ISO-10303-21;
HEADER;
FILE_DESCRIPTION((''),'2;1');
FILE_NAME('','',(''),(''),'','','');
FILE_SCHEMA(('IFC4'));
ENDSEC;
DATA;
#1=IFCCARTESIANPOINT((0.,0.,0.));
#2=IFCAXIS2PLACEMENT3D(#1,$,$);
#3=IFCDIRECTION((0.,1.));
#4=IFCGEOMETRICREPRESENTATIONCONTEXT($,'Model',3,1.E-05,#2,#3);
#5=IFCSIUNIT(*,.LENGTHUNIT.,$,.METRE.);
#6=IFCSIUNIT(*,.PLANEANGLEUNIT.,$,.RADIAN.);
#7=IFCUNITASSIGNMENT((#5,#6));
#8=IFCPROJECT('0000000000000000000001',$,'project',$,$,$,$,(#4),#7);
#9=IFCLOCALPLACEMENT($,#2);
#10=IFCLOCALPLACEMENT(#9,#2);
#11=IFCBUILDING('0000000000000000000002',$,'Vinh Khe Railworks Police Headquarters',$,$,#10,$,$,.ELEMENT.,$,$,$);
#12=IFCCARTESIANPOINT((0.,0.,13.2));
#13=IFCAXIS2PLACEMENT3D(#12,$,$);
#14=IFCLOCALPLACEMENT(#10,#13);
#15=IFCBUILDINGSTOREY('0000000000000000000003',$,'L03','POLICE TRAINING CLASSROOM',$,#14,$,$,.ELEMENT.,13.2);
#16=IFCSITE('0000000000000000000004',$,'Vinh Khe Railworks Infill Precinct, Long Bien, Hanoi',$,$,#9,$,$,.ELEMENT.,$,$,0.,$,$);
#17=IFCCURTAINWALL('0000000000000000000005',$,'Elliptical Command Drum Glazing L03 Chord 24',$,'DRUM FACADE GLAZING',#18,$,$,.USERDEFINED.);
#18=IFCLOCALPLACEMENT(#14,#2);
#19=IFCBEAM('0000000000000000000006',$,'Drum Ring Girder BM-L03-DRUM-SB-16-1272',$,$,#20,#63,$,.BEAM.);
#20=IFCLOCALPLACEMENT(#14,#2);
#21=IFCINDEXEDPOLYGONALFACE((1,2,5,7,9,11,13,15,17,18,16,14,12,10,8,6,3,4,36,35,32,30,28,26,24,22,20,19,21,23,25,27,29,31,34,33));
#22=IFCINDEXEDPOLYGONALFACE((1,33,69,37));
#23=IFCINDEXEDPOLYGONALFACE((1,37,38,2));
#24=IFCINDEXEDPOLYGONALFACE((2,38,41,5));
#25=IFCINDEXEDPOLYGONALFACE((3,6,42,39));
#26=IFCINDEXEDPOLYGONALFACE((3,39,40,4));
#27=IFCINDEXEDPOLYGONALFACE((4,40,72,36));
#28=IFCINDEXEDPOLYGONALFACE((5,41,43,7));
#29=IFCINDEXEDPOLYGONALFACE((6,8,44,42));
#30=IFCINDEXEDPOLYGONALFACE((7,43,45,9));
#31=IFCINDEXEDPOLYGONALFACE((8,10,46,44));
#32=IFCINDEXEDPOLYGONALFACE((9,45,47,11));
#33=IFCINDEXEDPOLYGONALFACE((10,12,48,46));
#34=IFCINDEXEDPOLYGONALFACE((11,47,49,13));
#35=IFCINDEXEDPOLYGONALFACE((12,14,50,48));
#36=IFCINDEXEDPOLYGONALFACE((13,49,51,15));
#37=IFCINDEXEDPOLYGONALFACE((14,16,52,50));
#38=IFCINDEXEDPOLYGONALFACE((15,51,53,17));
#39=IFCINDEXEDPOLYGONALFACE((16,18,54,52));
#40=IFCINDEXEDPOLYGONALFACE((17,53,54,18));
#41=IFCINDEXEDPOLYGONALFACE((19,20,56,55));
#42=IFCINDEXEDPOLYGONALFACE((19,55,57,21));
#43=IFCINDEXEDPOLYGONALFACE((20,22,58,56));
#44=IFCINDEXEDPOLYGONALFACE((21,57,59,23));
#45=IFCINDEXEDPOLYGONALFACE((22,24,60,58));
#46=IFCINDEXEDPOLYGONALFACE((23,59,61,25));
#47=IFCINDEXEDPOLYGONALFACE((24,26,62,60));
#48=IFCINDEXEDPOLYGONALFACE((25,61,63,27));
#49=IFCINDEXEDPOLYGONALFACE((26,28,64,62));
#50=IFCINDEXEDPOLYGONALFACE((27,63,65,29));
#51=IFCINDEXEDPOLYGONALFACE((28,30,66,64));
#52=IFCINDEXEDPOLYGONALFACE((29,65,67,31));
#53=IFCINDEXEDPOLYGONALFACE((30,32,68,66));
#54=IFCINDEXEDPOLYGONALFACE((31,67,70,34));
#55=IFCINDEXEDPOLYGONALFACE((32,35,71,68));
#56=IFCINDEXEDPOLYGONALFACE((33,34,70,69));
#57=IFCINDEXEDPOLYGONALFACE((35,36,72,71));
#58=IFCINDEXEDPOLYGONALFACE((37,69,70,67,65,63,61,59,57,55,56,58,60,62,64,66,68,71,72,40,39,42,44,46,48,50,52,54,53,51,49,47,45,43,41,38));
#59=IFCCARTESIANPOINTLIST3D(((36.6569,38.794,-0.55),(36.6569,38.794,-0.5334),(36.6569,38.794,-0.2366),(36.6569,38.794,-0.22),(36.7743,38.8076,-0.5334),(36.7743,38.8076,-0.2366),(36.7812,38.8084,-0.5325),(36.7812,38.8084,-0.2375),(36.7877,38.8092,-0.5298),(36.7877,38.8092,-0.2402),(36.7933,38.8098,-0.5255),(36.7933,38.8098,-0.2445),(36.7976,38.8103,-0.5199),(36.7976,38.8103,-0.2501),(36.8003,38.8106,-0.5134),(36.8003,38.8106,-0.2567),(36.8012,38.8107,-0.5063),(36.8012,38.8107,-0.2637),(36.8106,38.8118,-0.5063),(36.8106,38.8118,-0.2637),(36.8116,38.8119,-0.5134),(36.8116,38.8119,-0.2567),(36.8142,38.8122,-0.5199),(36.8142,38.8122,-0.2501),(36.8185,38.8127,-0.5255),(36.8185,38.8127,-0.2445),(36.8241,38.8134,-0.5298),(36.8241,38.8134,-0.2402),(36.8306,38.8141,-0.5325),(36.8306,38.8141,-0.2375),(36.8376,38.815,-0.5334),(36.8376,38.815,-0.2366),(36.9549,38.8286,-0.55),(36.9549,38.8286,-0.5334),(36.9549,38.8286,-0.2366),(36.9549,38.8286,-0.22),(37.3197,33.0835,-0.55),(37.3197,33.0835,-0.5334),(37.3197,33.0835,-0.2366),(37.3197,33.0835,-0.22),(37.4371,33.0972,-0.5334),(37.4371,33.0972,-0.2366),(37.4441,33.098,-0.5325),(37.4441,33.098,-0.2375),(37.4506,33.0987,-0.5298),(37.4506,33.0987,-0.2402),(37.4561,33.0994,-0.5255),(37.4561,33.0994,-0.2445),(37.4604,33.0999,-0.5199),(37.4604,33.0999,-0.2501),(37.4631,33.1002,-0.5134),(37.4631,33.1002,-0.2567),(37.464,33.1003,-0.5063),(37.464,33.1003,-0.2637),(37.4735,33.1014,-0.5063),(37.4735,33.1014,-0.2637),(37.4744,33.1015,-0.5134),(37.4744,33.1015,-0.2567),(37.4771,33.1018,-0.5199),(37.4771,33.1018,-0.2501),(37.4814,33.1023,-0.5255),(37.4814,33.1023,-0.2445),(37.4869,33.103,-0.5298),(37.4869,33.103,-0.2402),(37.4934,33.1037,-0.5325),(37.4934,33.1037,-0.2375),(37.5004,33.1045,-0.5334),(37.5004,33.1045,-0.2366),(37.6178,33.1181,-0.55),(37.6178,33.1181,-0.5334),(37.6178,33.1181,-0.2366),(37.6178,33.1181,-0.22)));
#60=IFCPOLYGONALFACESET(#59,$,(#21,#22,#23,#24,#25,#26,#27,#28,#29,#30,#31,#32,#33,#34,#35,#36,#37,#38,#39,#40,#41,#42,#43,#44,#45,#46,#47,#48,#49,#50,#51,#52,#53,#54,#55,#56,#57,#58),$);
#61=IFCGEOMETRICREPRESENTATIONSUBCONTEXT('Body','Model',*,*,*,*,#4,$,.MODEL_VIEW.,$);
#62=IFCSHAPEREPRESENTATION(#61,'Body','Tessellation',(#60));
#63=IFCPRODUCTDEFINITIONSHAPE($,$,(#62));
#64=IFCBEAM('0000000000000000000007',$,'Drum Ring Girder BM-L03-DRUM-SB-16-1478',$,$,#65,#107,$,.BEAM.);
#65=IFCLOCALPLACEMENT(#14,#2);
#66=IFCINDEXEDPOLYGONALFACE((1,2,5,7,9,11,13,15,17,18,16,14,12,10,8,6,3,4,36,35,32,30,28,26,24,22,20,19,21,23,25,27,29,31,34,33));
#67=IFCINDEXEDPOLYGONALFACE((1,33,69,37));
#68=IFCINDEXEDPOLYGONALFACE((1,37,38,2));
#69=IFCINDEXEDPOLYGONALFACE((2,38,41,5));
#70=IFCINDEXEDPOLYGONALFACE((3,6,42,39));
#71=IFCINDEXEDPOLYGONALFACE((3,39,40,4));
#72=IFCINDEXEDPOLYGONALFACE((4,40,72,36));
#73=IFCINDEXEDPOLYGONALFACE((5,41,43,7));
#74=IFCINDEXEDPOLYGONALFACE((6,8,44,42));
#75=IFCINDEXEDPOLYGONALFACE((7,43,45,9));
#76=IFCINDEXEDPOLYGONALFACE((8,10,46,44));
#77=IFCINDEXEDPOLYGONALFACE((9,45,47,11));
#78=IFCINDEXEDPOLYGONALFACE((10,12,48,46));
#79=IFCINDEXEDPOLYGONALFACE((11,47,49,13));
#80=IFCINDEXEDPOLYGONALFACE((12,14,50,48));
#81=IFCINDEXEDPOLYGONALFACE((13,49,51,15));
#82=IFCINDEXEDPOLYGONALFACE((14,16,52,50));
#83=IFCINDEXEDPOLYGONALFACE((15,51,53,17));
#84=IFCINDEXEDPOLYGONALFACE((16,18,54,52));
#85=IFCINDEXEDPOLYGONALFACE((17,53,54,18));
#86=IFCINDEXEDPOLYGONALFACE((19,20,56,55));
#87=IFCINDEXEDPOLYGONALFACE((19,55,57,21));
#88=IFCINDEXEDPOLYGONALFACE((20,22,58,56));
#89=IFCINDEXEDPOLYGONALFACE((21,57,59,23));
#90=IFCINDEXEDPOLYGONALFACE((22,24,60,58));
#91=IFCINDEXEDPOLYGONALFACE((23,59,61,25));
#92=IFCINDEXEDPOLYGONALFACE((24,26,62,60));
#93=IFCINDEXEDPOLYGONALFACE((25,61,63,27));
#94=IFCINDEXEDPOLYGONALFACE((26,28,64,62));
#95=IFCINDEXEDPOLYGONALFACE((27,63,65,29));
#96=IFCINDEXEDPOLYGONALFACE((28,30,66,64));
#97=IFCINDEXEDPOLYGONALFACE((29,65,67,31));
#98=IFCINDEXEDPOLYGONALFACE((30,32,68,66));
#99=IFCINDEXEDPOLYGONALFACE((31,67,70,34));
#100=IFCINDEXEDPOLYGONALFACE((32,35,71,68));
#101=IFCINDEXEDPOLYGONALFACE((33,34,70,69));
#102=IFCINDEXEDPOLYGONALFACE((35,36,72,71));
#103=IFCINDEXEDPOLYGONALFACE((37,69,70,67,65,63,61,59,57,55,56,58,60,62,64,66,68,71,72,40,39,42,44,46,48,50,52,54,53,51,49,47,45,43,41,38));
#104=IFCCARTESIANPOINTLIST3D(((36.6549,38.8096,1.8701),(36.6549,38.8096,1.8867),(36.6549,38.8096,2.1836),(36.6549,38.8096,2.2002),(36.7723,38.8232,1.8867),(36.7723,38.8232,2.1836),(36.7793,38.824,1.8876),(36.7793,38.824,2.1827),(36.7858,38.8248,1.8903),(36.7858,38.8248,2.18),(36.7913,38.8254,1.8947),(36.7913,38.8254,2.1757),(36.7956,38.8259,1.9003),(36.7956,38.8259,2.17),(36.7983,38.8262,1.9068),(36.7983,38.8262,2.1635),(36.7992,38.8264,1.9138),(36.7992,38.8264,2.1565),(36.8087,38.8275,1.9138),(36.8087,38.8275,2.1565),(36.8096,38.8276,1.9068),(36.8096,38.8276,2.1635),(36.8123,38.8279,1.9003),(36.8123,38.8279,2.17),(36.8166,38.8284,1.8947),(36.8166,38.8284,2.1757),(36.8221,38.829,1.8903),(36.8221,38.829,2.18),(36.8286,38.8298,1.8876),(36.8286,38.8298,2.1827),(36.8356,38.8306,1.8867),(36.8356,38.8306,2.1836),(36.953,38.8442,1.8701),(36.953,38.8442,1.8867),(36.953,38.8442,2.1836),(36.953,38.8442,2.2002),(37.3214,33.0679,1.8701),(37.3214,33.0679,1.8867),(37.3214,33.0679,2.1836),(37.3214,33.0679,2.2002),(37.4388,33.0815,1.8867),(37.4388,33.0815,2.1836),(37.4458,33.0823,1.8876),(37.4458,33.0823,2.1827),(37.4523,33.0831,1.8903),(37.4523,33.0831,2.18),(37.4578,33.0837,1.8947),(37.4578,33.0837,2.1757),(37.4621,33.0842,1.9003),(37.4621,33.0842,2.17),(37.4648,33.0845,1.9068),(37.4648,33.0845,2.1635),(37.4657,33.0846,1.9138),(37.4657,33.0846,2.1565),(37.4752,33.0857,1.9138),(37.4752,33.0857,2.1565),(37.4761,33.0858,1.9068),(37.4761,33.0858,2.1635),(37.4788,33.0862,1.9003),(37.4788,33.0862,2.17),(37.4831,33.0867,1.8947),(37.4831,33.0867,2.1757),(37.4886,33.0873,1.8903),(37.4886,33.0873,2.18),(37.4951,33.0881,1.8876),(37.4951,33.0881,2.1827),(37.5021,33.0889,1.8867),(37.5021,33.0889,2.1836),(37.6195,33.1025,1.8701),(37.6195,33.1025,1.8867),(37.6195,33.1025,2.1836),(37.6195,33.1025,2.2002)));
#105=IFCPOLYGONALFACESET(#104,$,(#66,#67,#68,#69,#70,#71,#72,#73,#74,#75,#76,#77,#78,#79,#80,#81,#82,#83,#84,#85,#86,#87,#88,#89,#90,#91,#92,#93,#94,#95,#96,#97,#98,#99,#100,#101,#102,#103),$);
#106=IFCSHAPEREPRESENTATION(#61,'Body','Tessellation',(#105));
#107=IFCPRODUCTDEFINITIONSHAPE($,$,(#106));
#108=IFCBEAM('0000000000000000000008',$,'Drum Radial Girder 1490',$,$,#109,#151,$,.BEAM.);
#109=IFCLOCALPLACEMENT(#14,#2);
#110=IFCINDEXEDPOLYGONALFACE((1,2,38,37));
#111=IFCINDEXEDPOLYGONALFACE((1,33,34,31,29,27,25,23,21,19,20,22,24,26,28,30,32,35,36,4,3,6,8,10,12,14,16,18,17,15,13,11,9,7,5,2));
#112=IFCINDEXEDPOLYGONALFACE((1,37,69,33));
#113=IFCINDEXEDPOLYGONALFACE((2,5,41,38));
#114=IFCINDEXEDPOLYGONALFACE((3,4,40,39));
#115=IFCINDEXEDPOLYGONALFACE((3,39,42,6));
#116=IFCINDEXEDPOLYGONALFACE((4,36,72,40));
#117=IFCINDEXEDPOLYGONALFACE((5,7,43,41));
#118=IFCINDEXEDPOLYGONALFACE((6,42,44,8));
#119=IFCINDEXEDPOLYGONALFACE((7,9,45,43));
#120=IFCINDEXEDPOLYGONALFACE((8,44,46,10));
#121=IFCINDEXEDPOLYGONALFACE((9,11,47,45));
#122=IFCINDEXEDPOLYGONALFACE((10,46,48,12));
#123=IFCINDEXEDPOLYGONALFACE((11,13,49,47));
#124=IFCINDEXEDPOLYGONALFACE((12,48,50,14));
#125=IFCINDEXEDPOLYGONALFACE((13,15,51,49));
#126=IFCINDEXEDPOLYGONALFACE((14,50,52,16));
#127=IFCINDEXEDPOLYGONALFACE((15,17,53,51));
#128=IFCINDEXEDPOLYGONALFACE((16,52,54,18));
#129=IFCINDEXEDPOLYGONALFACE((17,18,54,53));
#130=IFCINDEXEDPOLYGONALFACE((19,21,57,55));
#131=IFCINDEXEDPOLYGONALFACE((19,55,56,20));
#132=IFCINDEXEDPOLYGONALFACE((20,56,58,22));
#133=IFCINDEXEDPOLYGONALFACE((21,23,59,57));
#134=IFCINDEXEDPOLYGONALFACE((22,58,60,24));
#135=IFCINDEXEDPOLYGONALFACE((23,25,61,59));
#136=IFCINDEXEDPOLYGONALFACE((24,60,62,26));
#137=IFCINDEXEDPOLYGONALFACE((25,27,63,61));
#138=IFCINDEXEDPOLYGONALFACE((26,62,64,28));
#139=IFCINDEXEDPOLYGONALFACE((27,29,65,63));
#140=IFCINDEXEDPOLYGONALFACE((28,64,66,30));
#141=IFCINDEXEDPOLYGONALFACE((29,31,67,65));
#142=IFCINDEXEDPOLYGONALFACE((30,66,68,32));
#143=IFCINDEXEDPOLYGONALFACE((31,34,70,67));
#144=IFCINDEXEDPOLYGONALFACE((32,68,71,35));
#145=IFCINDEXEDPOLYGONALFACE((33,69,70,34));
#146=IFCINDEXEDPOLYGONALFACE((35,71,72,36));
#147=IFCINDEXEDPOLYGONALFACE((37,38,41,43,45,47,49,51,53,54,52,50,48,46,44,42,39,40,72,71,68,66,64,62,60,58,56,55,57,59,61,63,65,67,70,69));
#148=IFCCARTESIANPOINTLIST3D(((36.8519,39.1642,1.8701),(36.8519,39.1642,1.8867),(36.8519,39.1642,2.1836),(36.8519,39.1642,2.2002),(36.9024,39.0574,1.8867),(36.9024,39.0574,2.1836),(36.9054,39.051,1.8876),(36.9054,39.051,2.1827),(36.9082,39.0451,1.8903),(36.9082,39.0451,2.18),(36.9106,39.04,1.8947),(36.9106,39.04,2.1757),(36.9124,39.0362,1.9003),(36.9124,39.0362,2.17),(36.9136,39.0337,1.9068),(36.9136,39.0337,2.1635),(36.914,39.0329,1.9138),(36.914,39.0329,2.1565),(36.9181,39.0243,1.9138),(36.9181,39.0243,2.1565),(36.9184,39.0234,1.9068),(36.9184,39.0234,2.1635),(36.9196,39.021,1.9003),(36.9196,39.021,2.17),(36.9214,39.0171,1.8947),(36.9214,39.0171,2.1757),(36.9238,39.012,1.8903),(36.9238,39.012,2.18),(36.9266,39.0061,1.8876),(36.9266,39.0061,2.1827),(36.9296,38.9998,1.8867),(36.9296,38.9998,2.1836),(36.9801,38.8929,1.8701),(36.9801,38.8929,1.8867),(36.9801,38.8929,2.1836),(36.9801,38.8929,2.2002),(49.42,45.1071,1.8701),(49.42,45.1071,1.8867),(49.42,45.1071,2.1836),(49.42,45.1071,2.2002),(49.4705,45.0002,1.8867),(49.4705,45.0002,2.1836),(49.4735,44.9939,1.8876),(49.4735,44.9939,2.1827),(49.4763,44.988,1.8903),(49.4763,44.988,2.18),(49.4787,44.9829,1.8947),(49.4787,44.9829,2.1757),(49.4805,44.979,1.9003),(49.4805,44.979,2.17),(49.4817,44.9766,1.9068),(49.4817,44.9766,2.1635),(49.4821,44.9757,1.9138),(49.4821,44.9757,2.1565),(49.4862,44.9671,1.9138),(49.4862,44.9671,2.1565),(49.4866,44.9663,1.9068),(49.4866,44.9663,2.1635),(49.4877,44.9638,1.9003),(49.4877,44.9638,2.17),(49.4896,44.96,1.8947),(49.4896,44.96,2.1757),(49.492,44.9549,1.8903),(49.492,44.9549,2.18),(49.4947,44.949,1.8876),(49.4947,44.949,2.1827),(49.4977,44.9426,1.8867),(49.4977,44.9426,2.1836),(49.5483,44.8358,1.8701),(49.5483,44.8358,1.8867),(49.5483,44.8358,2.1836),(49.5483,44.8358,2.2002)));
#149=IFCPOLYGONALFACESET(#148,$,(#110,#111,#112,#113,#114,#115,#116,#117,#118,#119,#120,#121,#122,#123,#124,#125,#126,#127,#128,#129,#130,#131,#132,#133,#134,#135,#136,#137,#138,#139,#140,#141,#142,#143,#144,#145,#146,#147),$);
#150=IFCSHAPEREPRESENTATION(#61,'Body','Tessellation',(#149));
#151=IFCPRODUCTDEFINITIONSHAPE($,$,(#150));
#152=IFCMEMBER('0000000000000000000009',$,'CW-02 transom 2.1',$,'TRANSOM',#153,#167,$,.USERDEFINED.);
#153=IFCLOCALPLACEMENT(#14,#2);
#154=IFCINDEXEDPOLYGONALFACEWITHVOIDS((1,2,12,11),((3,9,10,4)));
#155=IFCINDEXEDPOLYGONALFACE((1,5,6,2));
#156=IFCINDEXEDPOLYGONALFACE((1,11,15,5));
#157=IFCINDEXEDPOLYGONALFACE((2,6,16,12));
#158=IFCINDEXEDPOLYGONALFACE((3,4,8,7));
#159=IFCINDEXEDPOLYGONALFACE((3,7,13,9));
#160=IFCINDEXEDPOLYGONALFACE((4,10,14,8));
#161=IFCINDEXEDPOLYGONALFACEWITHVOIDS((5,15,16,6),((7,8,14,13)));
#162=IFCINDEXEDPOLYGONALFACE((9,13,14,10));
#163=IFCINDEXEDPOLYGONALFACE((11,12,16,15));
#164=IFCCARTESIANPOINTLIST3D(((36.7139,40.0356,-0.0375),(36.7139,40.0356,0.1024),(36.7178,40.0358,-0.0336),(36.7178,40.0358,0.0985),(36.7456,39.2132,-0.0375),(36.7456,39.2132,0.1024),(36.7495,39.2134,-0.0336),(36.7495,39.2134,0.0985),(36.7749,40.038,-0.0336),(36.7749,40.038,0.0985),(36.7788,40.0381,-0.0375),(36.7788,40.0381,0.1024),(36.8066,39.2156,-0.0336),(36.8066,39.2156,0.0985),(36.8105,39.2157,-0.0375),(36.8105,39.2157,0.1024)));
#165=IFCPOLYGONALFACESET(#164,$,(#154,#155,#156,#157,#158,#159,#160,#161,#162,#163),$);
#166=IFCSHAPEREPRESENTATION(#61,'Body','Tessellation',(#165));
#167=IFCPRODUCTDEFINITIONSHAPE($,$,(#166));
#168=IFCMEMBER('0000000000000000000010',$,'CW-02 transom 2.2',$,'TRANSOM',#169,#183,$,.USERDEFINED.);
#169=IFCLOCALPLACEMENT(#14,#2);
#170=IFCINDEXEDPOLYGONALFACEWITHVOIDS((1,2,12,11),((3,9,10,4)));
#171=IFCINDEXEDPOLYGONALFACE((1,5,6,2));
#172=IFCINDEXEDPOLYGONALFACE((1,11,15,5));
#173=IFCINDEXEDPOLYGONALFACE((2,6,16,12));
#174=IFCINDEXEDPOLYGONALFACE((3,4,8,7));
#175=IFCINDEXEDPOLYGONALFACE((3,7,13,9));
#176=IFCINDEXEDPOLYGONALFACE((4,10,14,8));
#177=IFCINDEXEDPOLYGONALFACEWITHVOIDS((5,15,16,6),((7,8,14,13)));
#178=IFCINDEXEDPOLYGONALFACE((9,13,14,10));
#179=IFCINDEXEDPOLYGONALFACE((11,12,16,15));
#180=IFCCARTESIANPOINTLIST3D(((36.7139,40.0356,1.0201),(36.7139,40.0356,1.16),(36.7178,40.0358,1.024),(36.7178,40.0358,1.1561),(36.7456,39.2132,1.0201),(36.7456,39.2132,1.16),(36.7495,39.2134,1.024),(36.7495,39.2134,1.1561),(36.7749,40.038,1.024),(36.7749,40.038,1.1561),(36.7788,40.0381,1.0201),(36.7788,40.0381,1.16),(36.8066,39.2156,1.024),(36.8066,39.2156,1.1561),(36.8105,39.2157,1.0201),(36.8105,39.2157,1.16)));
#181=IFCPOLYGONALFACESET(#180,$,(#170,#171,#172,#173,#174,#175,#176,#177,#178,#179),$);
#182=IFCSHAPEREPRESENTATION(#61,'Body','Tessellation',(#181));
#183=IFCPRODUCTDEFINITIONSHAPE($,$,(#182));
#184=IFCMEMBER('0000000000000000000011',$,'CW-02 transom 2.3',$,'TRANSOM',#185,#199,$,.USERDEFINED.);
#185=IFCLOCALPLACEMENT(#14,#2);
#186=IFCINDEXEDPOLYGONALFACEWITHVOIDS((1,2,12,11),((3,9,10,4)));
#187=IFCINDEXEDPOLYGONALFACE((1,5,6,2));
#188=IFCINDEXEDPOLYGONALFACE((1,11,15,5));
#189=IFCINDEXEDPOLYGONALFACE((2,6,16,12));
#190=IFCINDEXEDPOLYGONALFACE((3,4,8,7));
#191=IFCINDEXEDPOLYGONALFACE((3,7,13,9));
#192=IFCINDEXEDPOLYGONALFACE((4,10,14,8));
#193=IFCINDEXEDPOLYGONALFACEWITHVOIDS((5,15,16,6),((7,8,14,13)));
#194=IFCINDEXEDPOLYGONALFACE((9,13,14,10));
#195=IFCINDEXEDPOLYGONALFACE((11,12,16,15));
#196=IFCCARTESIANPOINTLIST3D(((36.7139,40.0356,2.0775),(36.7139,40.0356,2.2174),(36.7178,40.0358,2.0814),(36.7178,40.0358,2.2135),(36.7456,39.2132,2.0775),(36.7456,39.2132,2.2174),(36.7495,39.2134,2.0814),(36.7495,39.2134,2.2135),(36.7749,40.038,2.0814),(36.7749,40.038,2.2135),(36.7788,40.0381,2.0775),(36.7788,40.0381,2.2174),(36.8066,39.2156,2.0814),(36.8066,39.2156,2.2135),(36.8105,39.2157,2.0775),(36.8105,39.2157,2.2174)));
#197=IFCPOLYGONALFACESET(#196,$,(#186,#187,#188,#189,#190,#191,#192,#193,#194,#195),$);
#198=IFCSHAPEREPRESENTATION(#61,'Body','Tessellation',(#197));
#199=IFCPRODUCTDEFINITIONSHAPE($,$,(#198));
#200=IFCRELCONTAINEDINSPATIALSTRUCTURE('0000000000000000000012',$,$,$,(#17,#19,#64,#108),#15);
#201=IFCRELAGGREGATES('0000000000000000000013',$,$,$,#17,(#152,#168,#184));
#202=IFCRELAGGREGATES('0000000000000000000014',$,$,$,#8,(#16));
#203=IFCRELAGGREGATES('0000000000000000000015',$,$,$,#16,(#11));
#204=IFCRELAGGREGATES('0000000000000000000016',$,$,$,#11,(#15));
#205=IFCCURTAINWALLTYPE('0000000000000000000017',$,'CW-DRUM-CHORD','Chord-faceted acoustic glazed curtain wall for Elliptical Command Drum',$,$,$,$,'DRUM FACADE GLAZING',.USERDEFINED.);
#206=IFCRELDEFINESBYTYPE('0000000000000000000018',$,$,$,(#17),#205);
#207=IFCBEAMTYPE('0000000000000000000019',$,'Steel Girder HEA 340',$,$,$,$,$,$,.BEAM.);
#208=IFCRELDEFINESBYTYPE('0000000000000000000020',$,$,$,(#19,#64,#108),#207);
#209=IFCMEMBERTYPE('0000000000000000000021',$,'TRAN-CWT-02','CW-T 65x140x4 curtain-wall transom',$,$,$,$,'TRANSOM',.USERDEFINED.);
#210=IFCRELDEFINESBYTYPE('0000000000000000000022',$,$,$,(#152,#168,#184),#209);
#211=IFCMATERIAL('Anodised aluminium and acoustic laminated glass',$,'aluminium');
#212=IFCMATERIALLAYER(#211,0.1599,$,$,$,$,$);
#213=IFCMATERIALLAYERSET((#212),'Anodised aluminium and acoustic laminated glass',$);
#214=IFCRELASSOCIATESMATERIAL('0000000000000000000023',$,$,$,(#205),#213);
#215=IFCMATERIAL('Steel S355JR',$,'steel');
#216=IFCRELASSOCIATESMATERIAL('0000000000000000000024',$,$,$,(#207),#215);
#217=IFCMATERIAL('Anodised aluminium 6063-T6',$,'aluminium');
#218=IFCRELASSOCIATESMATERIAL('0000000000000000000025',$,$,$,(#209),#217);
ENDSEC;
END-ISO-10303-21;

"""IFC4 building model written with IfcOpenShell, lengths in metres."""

from ifc_helpers import new_model, si_unit, direction, frame, origin, origin_2d, place, context, subcontext, project, spatial, hollow_rectangle, i_section, extrude, material, layer, layer_set, material_profile, profile_set, type_object, element, aggregate, save


model = new_model("IFC4")

# Units and contexts
model_context = context("Model", 3, precision=1e-05, world=origin(), true_north=direction((0.0, 1.0)))
body_context = subcontext(model_context, "Body", "Model", "MODEL_VIEW")
ifc_project = project(units=[si_unit("LENGTHUNIT", "METRE"), si_unit("PLANEANGLEUNIT", "RADIAN")], contexts=[model_context])

# Site, building, storey
site_placement = place(None, origin())
site = spatial("IfcSite", under=ifc_project, at=site_placement, Name="Vinh Khe Railworks Infill Precinct, Long Bien, Hanoi", CompositionType="ELEMENT", RefElevation=0.0)
building_placement = place(site_placement, origin())
building = spatial("IfcBuilding", under=site, at=building_placement, Name="Vinh Khe Railworks Police Headquarters", CompositionType="ELEMENT")
storey_placement = place(building_placement, frame((0.0, 0.0, 13.2)))
storey = spatial("IfcBuildingStorey", under=building, at=storey_placement, Name="L03", Description="POLICE TRAINING CLASSROOM", CompositionType="ELEMENT", Elevation=13.2)

# Shared definitions
ifc_material_1 = material(Name="Steel S355JR", Category="steel")

# Curtain wall
ifc_material_2 = material(Name="Anodised aluminium and acoustic laminated glass", Category="aluminium")
ifc_layer_1 = layer(ifc_material_2, 0.1599)
ifc_layer_set_1 = layer_set([ifc_layer_1], Name="Anodised aluminium and acoustic laminated glass")
curtain_wall_type = type_object("IfcCurtainWallType", Name="CW-DRUM-CHORD", Description="Chord-faceted acoustic glazed curtain wall for Elliptical Command Drum", ElementType="DRUM FACADE GLAZING", PredefinedType="USERDEFINED", material=ifc_layer_set_1)
curtain_wall_1_placement = place(storey_placement, origin())
curtain_wall_1 = element("IfcCurtainWall", 1, at=curtain_wall_1_placement, inside=storey, type_object=curtain_wall_type, Name="Elliptical Command Drum Glazing L03 Chord 24", ObjectType="DRUM FACADE GLAZING", PredefinedType="USERDEFINED")
ifc_material_3 = material(Name="Anodised aluminium 6063-T6", Category="aluminium")

# Beams
ifc_material_profile_1 = material_profile(ifc_material_1, i_section(OverallWidth=0.3, OverallDepth=0.3301, WebThickness=0.0095, FlangeThickness=0.0166, FilletRadius=0.0271, at=origin_2d()), Name="HEA 340")
ifc_profile_set_1 = profile_set([ifc_material_profile_1], Name="Steel S355JR")
beam_type = type_object("IfcBeamType", Name="Steel Girder HEA 340", PredefinedType="BEAM", material=ifc_profile_set_1)
beam_1_placement = place(storey_placement, frame((36.8059, 38.8113, -0.385), z_axis=(0.115301, -0.993331, 0.0), x_axis=(0.993331, 0.115301, 0.0)))
element("IfcBeam", 2, at=beam_1_placement, inside=storey, type_object=beam_type, Name="Drum Ring Girder BM-L03-DRUM-SB-16-1272", PredefinedType="BEAM", context=body_context, shape_type="SweptSolid", body=[
    extrude(i_section(OverallWidth=0.3, OverallDepth=0.3301, WebThickness=0.0095, FlangeThickness=0.0166, FilletRadius=0.0271, at=origin_2d()), origin(), (0.0, 0.0, 1.0), 5.7488),
])
beam_2_placement = place(storey_placement, frame((36.804, 38.8269, 2.0352), z_axis=(0.115307, -0.99333, 0.0), x_axis=(0.99333, 0.115307, 0.0)))
element("IfcBeam", 3, at=beam_2_placement, inside=storey, type_object=beam_type, Name="Drum Ring Girder BM-L03-DRUM-SB-16-1478", PredefinedType="BEAM", context=body_context, shape_type="SweptSolid", body=[
    extrude(i_section(OverallWidth=0.3, OverallDepth=0.3301, WebThickness=0.0095, FlangeThickness=0.0166, FilletRadius=0.0271, at=origin_2d()), origin(), (0.0, 0.0, 1.0), 5.7803),
])
beam_3_placement = place(storey_placement, frame((36.916, 39.0286, 2.0352), z_axis=(0.904028, 0.427473, 0.0), x_axis=(-0.427473, 0.904028, 0.0)))
element("IfcBeam", 4, at=beam_3_placement, inside=storey, type_object=beam_type, Name="Drum Radial Girder 1490", PredefinedType="BEAM", context=body_context, shape_type="SweptSolid", body=[
    extrude(i_section(OverallWidth=0.3, OverallDepth=0.3301, WebThickness=0.0095, FlangeThickness=0.0166, FilletRadius=0.0271, at=origin_2d()), origin(), (0.0, 0.0, 1.0), 13.9023),
])

# Members
ifc_material_profile_2 = material_profile(ifc_material_3, hollow_rectangle(XDim=0.0649, YDim=0.1399, WallThickness=0.0039, at=origin_2d()), Name="CW-T 65x140x4")
ifc_profile_set_2 = profile_set([ifc_material_profile_2], Name="Anodised aluminium 6063-T6")
member_type_1 = type_object("IfcMemberType", Name="TRAN-CWT-02", Description="CW-T 65x140x4 curtain-wall transom", ElementType="TRANSOM", PredefinedType="USERDEFINED", material=ifc_profile_set_2)
member_1_placement = place(storey_placement, frame((36.7463, 40.0369, 0.0325), z_axis=(0.03857, -0.999256, 0.0), x_axis=(0.999256, 0.03857, 0.0)))
member_1 = element("IfcMember", 5, at=member_1_placement, type_object=member_type_1, Name="CW-02 transom 2.1", ObjectType="TRANSOM", PredefinedType="USERDEFINED", context=body_context, shape_type="SweptSolid", body=[
    extrude(hollow_rectangle(XDim=0.0649, YDim=0.1399, WallThickness=0.0039, at=origin_2d()), origin(), (0.0, 0.0, 1.0), 0.823),
])
member_2_placement = place(storey_placement, frame((36.7463, 40.0369, 1.0901), z_axis=(0.03857, -0.999256, 0.0), x_axis=(0.999256, 0.03857, 0.0)))
member_2 = element("IfcMember", 6, at=member_2_placement, type_object=member_type_1, Name="CW-02 transom 2.2", ObjectType="TRANSOM", PredefinedType="USERDEFINED", context=body_context, shape_type="SweptSolid", body=[
    extrude(hollow_rectangle(XDim=0.0649, YDim=0.1399, WallThickness=0.0039, at=origin_2d()), origin(), (0.0, 0.0, 1.0), 0.823),
])
member_3_placement = place(storey_placement, frame((36.7463, 40.0369, 2.1475), z_axis=(0.03857, -0.999256, 0.0), x_axis=(0.999256, 0.03857, 0.0)))
member_3 = element("IfcMember", 7, at=member_3_placement, type_object=member_type_1, Name="CW-02 transom 2.3", ObjectType="TRANSOM", PredefinedType="USERDEFINED", context=body_context, shape_type="SweptSolid", body=[
    extrude(hollow_rectangle(XDim=0.0649, YDim=0.1399, WallThickness=0.0039, at=origin_2d()), origin(), (0.0, 0.0, 1.0), 0.823),
])

aggregate(curtain_wall_1, [member_1, member_2, member_3])

save(model, "model.ifc")
